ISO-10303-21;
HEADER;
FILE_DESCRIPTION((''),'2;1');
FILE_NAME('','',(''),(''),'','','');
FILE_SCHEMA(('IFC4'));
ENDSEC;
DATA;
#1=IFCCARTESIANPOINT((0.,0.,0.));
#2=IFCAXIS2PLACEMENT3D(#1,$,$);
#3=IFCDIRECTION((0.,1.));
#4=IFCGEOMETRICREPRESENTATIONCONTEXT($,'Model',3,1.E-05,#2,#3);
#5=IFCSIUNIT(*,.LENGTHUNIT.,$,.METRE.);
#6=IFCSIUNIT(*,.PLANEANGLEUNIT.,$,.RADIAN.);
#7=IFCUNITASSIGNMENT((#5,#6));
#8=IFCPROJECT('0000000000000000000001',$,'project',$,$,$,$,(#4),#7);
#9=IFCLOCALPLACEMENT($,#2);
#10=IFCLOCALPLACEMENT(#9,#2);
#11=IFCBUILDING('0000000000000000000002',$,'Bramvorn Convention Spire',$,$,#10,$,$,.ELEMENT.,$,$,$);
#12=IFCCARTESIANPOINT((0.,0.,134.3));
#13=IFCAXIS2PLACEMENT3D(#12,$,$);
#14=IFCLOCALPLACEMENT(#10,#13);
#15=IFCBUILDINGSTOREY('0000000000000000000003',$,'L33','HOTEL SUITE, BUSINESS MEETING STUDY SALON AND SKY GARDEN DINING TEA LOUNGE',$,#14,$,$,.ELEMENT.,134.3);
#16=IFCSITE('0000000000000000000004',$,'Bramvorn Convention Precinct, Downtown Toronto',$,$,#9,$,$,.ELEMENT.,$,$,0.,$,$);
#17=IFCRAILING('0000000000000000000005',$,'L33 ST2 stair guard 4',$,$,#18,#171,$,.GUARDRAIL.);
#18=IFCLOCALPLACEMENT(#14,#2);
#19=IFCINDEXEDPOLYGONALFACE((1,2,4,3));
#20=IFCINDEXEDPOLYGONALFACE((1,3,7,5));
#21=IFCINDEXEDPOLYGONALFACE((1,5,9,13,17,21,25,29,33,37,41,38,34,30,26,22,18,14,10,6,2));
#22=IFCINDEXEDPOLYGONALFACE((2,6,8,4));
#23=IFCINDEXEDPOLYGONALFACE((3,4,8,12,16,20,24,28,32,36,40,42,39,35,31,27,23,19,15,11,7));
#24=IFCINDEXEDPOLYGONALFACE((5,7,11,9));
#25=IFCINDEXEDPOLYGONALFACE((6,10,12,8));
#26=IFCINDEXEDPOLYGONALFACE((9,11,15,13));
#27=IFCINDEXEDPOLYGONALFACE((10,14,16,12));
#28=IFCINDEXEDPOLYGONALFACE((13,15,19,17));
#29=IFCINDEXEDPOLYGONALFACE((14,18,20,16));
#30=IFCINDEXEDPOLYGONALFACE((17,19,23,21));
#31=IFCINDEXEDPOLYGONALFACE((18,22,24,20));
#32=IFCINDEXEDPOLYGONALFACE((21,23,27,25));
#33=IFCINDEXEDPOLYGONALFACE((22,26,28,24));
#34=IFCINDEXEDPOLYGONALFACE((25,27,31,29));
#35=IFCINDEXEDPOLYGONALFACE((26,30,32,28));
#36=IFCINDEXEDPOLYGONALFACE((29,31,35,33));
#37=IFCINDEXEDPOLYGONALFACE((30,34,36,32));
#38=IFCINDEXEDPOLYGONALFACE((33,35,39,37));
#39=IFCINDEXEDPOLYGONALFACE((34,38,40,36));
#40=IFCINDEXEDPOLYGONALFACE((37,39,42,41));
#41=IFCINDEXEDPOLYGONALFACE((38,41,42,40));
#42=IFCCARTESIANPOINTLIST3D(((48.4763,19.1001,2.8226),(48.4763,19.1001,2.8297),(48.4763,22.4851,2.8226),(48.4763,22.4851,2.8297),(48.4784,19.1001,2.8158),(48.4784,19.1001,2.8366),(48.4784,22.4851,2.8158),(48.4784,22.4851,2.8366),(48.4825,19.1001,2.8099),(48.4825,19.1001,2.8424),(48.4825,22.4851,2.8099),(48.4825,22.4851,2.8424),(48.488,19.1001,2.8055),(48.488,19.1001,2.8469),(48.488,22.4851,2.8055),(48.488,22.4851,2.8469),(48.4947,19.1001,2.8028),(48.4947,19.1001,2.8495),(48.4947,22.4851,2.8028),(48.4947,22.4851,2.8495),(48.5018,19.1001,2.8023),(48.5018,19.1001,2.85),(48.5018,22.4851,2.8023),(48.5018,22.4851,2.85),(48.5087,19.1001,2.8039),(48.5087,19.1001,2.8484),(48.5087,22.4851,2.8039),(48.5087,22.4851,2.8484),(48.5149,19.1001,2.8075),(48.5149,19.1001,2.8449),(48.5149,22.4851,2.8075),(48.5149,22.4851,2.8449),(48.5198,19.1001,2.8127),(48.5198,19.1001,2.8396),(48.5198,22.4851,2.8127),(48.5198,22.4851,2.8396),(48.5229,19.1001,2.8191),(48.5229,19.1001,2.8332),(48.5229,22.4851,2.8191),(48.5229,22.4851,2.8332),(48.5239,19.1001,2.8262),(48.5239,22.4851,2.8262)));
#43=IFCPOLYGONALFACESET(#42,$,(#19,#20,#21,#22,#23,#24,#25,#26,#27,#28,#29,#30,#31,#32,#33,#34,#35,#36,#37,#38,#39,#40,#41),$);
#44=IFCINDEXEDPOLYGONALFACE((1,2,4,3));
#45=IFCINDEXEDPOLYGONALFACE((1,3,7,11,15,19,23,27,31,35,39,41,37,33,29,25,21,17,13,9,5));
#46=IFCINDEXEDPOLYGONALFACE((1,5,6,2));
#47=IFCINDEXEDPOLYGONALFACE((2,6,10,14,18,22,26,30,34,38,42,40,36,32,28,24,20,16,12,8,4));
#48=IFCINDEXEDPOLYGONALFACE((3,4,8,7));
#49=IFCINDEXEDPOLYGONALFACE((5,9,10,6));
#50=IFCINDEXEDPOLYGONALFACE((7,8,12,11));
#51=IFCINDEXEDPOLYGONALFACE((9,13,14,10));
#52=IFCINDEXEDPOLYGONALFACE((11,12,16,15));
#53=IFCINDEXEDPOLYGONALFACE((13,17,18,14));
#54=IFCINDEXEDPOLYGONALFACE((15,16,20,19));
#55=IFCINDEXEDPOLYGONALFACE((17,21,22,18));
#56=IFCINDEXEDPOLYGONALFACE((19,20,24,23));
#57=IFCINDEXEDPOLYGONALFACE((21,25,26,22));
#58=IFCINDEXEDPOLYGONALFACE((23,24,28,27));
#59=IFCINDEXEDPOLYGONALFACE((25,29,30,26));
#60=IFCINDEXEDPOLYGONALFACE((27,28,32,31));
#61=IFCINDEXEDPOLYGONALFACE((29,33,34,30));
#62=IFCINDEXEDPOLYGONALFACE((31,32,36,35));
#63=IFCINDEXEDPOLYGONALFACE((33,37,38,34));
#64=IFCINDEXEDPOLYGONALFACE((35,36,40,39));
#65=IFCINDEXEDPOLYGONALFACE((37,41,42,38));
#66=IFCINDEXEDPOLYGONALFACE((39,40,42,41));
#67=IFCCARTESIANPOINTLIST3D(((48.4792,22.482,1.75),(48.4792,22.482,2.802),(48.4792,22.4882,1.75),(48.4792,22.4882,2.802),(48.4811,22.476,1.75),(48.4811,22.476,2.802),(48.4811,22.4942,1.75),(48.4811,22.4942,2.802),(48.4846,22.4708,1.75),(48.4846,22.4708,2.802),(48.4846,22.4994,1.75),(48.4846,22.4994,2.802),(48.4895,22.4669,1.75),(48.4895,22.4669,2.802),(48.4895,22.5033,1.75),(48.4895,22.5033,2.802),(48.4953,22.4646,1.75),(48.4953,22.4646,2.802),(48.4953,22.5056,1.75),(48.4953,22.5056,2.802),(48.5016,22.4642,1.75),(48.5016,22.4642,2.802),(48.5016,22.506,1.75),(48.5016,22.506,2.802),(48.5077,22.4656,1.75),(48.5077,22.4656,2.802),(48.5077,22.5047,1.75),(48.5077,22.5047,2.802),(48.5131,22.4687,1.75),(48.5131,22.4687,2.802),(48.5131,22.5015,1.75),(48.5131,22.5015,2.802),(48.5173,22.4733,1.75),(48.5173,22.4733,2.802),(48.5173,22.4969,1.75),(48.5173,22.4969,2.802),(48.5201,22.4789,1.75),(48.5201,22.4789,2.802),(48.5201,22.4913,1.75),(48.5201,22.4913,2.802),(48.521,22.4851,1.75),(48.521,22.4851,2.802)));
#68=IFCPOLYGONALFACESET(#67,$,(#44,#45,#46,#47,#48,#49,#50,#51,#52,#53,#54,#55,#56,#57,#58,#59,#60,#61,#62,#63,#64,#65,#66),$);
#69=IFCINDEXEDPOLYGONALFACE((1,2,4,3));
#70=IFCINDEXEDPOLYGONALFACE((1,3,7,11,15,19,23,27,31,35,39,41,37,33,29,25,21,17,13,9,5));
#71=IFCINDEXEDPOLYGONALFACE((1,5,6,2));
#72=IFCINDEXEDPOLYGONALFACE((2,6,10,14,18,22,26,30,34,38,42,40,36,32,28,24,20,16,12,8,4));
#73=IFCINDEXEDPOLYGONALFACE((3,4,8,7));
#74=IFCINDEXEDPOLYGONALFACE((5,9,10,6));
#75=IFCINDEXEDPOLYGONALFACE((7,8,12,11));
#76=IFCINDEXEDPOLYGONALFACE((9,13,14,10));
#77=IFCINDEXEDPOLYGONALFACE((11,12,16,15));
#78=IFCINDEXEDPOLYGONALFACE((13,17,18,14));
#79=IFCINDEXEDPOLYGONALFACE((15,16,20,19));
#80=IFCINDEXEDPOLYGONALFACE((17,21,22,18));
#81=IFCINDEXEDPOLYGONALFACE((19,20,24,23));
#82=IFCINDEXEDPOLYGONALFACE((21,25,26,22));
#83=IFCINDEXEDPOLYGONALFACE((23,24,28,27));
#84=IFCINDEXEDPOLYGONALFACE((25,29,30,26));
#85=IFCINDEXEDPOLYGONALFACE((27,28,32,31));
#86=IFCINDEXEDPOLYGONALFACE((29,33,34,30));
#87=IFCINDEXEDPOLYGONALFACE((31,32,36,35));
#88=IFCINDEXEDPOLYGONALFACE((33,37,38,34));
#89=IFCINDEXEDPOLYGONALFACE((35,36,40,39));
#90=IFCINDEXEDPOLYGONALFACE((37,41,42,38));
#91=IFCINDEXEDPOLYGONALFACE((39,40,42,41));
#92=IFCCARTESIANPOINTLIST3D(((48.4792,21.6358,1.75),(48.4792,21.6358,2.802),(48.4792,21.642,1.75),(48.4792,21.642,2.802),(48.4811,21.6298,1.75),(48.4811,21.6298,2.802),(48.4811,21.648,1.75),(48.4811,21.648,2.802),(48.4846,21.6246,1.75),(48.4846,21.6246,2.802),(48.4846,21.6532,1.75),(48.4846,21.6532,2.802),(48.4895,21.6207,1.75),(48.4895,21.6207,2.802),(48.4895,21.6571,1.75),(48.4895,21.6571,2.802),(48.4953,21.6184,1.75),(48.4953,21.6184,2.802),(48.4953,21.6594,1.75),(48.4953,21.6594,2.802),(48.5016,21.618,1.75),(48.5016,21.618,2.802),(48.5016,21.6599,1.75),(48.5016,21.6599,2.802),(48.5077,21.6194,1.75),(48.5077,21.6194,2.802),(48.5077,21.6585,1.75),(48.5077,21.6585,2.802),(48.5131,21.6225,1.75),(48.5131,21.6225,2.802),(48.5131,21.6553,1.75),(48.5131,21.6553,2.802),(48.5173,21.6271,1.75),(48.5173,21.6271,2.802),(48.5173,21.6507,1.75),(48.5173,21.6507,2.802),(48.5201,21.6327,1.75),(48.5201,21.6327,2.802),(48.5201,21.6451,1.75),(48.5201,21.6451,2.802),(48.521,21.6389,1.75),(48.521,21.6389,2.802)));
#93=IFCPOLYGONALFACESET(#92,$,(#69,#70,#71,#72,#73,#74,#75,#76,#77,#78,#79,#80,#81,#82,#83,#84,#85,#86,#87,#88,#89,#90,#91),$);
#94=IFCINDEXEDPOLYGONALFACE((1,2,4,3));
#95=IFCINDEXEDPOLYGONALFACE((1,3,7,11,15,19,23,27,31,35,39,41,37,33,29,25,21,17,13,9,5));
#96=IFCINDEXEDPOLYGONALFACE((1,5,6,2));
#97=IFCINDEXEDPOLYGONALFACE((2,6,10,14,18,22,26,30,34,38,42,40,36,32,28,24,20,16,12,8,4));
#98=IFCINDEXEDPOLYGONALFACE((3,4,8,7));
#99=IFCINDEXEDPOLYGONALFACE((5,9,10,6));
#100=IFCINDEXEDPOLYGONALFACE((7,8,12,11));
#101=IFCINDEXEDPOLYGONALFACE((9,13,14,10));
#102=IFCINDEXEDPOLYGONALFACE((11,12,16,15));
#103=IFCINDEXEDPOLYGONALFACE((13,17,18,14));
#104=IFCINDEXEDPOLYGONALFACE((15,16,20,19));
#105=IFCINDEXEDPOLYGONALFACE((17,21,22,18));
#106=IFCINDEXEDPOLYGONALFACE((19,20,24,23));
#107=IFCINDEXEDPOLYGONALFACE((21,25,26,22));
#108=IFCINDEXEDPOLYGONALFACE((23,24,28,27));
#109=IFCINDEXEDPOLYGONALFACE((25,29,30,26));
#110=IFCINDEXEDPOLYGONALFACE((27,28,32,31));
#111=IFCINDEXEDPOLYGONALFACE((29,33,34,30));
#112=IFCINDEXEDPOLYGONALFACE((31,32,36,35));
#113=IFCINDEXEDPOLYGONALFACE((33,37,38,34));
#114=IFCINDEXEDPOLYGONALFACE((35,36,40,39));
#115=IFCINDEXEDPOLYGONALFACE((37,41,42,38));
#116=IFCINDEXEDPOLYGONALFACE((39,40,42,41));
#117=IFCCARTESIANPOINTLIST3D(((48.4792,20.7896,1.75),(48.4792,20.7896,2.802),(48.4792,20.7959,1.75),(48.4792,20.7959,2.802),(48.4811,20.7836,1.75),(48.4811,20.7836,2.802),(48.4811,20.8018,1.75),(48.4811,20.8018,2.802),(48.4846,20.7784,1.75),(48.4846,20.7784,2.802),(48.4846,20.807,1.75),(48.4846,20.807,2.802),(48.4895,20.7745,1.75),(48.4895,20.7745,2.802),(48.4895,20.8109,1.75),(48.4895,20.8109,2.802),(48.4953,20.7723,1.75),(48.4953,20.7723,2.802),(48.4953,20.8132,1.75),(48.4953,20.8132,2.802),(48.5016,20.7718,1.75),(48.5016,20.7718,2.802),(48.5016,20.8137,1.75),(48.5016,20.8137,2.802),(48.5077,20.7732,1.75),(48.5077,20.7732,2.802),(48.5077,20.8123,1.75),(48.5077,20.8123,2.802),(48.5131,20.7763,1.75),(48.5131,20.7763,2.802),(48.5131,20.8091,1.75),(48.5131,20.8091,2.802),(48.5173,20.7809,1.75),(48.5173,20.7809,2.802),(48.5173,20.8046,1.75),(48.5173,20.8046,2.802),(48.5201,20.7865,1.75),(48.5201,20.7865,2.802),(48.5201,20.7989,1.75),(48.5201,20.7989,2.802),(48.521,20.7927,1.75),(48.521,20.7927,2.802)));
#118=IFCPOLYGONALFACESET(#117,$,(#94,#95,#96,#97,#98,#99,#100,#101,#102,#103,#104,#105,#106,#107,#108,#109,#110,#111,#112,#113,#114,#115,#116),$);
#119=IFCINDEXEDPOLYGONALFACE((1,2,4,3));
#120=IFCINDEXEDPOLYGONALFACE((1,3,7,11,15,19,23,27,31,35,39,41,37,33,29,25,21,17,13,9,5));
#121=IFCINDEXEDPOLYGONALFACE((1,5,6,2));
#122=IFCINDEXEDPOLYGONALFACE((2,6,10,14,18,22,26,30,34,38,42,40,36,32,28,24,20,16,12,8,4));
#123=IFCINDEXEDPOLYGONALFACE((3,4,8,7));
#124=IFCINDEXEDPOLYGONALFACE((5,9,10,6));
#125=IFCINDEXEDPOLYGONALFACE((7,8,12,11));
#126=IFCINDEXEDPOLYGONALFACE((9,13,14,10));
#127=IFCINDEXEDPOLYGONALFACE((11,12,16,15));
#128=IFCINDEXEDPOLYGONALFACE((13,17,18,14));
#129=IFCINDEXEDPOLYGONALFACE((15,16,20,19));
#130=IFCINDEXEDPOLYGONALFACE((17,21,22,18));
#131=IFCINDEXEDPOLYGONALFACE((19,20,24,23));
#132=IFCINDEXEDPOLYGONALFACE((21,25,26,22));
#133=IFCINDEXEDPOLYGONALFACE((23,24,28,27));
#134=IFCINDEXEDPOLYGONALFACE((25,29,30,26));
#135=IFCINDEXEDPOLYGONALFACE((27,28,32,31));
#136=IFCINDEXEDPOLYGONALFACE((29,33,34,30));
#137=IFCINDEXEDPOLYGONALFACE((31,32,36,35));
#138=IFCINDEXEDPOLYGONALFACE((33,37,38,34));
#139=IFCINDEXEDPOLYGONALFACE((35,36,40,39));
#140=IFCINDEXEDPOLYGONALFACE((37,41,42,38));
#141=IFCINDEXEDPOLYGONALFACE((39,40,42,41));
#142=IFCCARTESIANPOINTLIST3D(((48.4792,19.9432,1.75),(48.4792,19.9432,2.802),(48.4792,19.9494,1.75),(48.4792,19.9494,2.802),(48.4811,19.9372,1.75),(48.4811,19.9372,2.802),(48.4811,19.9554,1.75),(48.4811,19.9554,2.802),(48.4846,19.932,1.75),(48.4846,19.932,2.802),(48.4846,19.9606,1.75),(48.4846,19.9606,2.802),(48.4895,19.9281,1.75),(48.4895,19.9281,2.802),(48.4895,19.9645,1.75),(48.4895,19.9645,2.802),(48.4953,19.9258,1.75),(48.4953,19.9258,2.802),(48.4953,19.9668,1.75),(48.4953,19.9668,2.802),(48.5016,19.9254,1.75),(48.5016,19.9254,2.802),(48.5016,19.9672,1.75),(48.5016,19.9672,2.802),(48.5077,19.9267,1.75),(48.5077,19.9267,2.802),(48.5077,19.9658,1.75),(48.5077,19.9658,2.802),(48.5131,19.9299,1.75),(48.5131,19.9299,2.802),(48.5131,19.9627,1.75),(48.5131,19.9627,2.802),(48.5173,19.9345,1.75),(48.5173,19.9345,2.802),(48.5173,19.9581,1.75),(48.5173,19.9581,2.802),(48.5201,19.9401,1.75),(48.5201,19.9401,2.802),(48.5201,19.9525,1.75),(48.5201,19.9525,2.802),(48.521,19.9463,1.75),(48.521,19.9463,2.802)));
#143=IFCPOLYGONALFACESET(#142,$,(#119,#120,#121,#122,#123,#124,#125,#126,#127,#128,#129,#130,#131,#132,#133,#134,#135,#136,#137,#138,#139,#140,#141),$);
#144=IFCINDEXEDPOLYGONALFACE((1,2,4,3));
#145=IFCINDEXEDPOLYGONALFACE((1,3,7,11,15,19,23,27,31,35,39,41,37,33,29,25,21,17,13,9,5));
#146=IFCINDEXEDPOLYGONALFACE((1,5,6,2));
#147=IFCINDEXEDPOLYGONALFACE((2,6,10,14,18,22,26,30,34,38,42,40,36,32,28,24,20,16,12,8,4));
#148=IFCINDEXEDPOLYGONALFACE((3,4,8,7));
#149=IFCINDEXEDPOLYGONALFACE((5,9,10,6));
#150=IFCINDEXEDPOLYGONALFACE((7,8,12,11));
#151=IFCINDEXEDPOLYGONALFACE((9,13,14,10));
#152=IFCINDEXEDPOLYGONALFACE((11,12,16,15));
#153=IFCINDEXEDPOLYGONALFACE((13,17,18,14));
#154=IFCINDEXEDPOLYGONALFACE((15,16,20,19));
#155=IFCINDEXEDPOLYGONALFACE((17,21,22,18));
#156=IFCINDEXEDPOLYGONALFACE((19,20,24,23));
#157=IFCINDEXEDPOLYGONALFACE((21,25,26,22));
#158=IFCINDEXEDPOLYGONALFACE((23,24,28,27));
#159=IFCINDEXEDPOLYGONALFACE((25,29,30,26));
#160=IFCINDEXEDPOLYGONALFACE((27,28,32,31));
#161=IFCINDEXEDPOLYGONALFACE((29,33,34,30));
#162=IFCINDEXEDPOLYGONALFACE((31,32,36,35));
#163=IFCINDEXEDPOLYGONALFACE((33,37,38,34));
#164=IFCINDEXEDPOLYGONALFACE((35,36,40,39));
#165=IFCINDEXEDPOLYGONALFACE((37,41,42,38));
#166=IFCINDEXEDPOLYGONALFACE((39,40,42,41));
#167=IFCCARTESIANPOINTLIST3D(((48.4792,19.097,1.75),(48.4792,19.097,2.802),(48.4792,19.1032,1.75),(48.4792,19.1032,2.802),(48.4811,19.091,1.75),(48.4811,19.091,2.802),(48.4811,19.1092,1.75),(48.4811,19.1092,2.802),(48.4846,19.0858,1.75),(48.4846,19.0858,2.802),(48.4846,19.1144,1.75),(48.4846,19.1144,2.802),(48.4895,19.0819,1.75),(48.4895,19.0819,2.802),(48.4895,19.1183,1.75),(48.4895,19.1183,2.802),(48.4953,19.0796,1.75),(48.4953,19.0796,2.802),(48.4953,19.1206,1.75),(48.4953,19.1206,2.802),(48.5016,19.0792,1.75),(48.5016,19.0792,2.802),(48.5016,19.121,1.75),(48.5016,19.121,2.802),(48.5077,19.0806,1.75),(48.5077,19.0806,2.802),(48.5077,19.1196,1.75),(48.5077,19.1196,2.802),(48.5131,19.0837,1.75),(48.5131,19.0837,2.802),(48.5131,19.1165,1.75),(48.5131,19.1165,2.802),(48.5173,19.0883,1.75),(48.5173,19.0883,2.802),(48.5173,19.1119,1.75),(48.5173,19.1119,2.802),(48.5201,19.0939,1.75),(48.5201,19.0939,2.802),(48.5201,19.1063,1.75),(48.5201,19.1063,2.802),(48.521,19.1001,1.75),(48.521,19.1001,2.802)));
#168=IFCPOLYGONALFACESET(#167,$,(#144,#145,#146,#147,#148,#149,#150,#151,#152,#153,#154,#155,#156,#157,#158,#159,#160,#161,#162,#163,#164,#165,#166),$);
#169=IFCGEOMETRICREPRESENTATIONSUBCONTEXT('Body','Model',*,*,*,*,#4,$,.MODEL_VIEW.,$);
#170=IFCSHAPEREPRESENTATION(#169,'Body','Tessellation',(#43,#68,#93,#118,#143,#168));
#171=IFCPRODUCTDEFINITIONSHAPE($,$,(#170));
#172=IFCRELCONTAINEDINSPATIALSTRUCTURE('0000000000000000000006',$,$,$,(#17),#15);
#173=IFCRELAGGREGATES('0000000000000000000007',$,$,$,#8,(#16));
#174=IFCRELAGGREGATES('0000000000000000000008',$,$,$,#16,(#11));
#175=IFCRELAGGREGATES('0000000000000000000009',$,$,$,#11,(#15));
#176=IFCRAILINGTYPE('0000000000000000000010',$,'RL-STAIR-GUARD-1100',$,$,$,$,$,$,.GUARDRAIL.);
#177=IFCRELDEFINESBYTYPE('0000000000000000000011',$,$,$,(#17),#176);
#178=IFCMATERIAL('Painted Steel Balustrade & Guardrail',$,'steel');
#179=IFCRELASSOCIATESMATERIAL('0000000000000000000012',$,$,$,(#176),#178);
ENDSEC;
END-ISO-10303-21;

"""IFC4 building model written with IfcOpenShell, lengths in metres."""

from ifc_helpers import new_model, si_unit, direction, frame, origin, origin_2d, place, context, subcontext, project, spatial, circle, extrude, material, type_object, element, save


model = new_model("IFC4")

# Units and contexts
model_context = context("Model", 3, precision=1e-05, world=origin(), true_north=direction((0.0, 1.0)))
body_context = subcontext(model_context, "Body", "Model", "MODEL_VIEW")
ifc_project = project(units=[si_unit("LENGTHUNIT", "METRE"), si_unit("PLANEANGLEUNIT", "RADIAN")], contexts=[model_context])

# Site, building, storey
site_placement = place(None, origin())
site = spatial("IfcSite", under=ifc_project, at=site_placement, Name="Bramvorn Convention Precinct, Downtown Toronto", CompositionType="ELEMENT", RefElevation=0.0)
building_placement = place(site_placement, origin())
building = spatial("IfcBuilding", under=site, at=building_placement, Name="Bramvorn Convention Spire", CompositionType="ELEMENT")
storey_placement = place(building_placement, frame((0.0, 0.0, 134.3)))
storey = spatial("IfcBuildingStorey", under=building, at=storey_placement, Name="L33", Description="HOTEL SUITE, BUSINESS MEETING STUDY SALON AND SKY GARDEN DINING TEA LOUNGE", CompositionType="ELEMENT", Elevation=134.3)

# Railing
ifc_material_1 = material(Name="Painted Steel Balustrade & Guardrail", Category="steel")
railing_type_1 = type_object("IfcRailingType", Name="RL-STAIR-GUARD-1100", PredefinedType="GUARDRAIL", material=ifc_material_1)
railing_1_placement = place(storey_placement, frame((48.5, 22.4851, 1.75)))
element("IfcRailing", 1, at=railing_1_placement, inside=storey, type_object=railing_type_1, Name="L33 ST2 stair guard 4", PredefinedType="GUARDRAIL", context=body_context, shape_type="SweptSolid", body=[
    extrude(circle(Radius=0.0239, at=origin_2d()), frame((0.0, 0.0, 1.0762), z_axis=(0.0, -1.0, 0.0), x_axis=(1.0, 0.0, 0.0)), (0.0, 0.0, 1.0), 3.385),
    extrude(circle(Radius=0.021, at=origin_2d()), origin(), (0.0, 0.0, 1.0), 1.052),
    extrude(circle(Radius=0.021, at=origin_2d()), frame((0.0, -0.8462, 0.0)), (0.0, 0.0, 1.0), 1.052),
    extrude(circle(Radius=0.021, at=origin_2d()), frame((0.0, -1.6924, 0.0)), (0.0, 0.0, 1.0), 1.052),
    extrude(circle(Radius=0.021, at=origin_2d()), frame((0.0, -2.5388, 0.0)), (0.0, 0.0, 1.0), 1.052),
    extrude(circle(Radius=0.021, at=origin_2d()), frame((0.0, -3.385, 0.0)), (0.0, 0.0, 1.0), 1.052),
])

save(model, "model.ifc")
